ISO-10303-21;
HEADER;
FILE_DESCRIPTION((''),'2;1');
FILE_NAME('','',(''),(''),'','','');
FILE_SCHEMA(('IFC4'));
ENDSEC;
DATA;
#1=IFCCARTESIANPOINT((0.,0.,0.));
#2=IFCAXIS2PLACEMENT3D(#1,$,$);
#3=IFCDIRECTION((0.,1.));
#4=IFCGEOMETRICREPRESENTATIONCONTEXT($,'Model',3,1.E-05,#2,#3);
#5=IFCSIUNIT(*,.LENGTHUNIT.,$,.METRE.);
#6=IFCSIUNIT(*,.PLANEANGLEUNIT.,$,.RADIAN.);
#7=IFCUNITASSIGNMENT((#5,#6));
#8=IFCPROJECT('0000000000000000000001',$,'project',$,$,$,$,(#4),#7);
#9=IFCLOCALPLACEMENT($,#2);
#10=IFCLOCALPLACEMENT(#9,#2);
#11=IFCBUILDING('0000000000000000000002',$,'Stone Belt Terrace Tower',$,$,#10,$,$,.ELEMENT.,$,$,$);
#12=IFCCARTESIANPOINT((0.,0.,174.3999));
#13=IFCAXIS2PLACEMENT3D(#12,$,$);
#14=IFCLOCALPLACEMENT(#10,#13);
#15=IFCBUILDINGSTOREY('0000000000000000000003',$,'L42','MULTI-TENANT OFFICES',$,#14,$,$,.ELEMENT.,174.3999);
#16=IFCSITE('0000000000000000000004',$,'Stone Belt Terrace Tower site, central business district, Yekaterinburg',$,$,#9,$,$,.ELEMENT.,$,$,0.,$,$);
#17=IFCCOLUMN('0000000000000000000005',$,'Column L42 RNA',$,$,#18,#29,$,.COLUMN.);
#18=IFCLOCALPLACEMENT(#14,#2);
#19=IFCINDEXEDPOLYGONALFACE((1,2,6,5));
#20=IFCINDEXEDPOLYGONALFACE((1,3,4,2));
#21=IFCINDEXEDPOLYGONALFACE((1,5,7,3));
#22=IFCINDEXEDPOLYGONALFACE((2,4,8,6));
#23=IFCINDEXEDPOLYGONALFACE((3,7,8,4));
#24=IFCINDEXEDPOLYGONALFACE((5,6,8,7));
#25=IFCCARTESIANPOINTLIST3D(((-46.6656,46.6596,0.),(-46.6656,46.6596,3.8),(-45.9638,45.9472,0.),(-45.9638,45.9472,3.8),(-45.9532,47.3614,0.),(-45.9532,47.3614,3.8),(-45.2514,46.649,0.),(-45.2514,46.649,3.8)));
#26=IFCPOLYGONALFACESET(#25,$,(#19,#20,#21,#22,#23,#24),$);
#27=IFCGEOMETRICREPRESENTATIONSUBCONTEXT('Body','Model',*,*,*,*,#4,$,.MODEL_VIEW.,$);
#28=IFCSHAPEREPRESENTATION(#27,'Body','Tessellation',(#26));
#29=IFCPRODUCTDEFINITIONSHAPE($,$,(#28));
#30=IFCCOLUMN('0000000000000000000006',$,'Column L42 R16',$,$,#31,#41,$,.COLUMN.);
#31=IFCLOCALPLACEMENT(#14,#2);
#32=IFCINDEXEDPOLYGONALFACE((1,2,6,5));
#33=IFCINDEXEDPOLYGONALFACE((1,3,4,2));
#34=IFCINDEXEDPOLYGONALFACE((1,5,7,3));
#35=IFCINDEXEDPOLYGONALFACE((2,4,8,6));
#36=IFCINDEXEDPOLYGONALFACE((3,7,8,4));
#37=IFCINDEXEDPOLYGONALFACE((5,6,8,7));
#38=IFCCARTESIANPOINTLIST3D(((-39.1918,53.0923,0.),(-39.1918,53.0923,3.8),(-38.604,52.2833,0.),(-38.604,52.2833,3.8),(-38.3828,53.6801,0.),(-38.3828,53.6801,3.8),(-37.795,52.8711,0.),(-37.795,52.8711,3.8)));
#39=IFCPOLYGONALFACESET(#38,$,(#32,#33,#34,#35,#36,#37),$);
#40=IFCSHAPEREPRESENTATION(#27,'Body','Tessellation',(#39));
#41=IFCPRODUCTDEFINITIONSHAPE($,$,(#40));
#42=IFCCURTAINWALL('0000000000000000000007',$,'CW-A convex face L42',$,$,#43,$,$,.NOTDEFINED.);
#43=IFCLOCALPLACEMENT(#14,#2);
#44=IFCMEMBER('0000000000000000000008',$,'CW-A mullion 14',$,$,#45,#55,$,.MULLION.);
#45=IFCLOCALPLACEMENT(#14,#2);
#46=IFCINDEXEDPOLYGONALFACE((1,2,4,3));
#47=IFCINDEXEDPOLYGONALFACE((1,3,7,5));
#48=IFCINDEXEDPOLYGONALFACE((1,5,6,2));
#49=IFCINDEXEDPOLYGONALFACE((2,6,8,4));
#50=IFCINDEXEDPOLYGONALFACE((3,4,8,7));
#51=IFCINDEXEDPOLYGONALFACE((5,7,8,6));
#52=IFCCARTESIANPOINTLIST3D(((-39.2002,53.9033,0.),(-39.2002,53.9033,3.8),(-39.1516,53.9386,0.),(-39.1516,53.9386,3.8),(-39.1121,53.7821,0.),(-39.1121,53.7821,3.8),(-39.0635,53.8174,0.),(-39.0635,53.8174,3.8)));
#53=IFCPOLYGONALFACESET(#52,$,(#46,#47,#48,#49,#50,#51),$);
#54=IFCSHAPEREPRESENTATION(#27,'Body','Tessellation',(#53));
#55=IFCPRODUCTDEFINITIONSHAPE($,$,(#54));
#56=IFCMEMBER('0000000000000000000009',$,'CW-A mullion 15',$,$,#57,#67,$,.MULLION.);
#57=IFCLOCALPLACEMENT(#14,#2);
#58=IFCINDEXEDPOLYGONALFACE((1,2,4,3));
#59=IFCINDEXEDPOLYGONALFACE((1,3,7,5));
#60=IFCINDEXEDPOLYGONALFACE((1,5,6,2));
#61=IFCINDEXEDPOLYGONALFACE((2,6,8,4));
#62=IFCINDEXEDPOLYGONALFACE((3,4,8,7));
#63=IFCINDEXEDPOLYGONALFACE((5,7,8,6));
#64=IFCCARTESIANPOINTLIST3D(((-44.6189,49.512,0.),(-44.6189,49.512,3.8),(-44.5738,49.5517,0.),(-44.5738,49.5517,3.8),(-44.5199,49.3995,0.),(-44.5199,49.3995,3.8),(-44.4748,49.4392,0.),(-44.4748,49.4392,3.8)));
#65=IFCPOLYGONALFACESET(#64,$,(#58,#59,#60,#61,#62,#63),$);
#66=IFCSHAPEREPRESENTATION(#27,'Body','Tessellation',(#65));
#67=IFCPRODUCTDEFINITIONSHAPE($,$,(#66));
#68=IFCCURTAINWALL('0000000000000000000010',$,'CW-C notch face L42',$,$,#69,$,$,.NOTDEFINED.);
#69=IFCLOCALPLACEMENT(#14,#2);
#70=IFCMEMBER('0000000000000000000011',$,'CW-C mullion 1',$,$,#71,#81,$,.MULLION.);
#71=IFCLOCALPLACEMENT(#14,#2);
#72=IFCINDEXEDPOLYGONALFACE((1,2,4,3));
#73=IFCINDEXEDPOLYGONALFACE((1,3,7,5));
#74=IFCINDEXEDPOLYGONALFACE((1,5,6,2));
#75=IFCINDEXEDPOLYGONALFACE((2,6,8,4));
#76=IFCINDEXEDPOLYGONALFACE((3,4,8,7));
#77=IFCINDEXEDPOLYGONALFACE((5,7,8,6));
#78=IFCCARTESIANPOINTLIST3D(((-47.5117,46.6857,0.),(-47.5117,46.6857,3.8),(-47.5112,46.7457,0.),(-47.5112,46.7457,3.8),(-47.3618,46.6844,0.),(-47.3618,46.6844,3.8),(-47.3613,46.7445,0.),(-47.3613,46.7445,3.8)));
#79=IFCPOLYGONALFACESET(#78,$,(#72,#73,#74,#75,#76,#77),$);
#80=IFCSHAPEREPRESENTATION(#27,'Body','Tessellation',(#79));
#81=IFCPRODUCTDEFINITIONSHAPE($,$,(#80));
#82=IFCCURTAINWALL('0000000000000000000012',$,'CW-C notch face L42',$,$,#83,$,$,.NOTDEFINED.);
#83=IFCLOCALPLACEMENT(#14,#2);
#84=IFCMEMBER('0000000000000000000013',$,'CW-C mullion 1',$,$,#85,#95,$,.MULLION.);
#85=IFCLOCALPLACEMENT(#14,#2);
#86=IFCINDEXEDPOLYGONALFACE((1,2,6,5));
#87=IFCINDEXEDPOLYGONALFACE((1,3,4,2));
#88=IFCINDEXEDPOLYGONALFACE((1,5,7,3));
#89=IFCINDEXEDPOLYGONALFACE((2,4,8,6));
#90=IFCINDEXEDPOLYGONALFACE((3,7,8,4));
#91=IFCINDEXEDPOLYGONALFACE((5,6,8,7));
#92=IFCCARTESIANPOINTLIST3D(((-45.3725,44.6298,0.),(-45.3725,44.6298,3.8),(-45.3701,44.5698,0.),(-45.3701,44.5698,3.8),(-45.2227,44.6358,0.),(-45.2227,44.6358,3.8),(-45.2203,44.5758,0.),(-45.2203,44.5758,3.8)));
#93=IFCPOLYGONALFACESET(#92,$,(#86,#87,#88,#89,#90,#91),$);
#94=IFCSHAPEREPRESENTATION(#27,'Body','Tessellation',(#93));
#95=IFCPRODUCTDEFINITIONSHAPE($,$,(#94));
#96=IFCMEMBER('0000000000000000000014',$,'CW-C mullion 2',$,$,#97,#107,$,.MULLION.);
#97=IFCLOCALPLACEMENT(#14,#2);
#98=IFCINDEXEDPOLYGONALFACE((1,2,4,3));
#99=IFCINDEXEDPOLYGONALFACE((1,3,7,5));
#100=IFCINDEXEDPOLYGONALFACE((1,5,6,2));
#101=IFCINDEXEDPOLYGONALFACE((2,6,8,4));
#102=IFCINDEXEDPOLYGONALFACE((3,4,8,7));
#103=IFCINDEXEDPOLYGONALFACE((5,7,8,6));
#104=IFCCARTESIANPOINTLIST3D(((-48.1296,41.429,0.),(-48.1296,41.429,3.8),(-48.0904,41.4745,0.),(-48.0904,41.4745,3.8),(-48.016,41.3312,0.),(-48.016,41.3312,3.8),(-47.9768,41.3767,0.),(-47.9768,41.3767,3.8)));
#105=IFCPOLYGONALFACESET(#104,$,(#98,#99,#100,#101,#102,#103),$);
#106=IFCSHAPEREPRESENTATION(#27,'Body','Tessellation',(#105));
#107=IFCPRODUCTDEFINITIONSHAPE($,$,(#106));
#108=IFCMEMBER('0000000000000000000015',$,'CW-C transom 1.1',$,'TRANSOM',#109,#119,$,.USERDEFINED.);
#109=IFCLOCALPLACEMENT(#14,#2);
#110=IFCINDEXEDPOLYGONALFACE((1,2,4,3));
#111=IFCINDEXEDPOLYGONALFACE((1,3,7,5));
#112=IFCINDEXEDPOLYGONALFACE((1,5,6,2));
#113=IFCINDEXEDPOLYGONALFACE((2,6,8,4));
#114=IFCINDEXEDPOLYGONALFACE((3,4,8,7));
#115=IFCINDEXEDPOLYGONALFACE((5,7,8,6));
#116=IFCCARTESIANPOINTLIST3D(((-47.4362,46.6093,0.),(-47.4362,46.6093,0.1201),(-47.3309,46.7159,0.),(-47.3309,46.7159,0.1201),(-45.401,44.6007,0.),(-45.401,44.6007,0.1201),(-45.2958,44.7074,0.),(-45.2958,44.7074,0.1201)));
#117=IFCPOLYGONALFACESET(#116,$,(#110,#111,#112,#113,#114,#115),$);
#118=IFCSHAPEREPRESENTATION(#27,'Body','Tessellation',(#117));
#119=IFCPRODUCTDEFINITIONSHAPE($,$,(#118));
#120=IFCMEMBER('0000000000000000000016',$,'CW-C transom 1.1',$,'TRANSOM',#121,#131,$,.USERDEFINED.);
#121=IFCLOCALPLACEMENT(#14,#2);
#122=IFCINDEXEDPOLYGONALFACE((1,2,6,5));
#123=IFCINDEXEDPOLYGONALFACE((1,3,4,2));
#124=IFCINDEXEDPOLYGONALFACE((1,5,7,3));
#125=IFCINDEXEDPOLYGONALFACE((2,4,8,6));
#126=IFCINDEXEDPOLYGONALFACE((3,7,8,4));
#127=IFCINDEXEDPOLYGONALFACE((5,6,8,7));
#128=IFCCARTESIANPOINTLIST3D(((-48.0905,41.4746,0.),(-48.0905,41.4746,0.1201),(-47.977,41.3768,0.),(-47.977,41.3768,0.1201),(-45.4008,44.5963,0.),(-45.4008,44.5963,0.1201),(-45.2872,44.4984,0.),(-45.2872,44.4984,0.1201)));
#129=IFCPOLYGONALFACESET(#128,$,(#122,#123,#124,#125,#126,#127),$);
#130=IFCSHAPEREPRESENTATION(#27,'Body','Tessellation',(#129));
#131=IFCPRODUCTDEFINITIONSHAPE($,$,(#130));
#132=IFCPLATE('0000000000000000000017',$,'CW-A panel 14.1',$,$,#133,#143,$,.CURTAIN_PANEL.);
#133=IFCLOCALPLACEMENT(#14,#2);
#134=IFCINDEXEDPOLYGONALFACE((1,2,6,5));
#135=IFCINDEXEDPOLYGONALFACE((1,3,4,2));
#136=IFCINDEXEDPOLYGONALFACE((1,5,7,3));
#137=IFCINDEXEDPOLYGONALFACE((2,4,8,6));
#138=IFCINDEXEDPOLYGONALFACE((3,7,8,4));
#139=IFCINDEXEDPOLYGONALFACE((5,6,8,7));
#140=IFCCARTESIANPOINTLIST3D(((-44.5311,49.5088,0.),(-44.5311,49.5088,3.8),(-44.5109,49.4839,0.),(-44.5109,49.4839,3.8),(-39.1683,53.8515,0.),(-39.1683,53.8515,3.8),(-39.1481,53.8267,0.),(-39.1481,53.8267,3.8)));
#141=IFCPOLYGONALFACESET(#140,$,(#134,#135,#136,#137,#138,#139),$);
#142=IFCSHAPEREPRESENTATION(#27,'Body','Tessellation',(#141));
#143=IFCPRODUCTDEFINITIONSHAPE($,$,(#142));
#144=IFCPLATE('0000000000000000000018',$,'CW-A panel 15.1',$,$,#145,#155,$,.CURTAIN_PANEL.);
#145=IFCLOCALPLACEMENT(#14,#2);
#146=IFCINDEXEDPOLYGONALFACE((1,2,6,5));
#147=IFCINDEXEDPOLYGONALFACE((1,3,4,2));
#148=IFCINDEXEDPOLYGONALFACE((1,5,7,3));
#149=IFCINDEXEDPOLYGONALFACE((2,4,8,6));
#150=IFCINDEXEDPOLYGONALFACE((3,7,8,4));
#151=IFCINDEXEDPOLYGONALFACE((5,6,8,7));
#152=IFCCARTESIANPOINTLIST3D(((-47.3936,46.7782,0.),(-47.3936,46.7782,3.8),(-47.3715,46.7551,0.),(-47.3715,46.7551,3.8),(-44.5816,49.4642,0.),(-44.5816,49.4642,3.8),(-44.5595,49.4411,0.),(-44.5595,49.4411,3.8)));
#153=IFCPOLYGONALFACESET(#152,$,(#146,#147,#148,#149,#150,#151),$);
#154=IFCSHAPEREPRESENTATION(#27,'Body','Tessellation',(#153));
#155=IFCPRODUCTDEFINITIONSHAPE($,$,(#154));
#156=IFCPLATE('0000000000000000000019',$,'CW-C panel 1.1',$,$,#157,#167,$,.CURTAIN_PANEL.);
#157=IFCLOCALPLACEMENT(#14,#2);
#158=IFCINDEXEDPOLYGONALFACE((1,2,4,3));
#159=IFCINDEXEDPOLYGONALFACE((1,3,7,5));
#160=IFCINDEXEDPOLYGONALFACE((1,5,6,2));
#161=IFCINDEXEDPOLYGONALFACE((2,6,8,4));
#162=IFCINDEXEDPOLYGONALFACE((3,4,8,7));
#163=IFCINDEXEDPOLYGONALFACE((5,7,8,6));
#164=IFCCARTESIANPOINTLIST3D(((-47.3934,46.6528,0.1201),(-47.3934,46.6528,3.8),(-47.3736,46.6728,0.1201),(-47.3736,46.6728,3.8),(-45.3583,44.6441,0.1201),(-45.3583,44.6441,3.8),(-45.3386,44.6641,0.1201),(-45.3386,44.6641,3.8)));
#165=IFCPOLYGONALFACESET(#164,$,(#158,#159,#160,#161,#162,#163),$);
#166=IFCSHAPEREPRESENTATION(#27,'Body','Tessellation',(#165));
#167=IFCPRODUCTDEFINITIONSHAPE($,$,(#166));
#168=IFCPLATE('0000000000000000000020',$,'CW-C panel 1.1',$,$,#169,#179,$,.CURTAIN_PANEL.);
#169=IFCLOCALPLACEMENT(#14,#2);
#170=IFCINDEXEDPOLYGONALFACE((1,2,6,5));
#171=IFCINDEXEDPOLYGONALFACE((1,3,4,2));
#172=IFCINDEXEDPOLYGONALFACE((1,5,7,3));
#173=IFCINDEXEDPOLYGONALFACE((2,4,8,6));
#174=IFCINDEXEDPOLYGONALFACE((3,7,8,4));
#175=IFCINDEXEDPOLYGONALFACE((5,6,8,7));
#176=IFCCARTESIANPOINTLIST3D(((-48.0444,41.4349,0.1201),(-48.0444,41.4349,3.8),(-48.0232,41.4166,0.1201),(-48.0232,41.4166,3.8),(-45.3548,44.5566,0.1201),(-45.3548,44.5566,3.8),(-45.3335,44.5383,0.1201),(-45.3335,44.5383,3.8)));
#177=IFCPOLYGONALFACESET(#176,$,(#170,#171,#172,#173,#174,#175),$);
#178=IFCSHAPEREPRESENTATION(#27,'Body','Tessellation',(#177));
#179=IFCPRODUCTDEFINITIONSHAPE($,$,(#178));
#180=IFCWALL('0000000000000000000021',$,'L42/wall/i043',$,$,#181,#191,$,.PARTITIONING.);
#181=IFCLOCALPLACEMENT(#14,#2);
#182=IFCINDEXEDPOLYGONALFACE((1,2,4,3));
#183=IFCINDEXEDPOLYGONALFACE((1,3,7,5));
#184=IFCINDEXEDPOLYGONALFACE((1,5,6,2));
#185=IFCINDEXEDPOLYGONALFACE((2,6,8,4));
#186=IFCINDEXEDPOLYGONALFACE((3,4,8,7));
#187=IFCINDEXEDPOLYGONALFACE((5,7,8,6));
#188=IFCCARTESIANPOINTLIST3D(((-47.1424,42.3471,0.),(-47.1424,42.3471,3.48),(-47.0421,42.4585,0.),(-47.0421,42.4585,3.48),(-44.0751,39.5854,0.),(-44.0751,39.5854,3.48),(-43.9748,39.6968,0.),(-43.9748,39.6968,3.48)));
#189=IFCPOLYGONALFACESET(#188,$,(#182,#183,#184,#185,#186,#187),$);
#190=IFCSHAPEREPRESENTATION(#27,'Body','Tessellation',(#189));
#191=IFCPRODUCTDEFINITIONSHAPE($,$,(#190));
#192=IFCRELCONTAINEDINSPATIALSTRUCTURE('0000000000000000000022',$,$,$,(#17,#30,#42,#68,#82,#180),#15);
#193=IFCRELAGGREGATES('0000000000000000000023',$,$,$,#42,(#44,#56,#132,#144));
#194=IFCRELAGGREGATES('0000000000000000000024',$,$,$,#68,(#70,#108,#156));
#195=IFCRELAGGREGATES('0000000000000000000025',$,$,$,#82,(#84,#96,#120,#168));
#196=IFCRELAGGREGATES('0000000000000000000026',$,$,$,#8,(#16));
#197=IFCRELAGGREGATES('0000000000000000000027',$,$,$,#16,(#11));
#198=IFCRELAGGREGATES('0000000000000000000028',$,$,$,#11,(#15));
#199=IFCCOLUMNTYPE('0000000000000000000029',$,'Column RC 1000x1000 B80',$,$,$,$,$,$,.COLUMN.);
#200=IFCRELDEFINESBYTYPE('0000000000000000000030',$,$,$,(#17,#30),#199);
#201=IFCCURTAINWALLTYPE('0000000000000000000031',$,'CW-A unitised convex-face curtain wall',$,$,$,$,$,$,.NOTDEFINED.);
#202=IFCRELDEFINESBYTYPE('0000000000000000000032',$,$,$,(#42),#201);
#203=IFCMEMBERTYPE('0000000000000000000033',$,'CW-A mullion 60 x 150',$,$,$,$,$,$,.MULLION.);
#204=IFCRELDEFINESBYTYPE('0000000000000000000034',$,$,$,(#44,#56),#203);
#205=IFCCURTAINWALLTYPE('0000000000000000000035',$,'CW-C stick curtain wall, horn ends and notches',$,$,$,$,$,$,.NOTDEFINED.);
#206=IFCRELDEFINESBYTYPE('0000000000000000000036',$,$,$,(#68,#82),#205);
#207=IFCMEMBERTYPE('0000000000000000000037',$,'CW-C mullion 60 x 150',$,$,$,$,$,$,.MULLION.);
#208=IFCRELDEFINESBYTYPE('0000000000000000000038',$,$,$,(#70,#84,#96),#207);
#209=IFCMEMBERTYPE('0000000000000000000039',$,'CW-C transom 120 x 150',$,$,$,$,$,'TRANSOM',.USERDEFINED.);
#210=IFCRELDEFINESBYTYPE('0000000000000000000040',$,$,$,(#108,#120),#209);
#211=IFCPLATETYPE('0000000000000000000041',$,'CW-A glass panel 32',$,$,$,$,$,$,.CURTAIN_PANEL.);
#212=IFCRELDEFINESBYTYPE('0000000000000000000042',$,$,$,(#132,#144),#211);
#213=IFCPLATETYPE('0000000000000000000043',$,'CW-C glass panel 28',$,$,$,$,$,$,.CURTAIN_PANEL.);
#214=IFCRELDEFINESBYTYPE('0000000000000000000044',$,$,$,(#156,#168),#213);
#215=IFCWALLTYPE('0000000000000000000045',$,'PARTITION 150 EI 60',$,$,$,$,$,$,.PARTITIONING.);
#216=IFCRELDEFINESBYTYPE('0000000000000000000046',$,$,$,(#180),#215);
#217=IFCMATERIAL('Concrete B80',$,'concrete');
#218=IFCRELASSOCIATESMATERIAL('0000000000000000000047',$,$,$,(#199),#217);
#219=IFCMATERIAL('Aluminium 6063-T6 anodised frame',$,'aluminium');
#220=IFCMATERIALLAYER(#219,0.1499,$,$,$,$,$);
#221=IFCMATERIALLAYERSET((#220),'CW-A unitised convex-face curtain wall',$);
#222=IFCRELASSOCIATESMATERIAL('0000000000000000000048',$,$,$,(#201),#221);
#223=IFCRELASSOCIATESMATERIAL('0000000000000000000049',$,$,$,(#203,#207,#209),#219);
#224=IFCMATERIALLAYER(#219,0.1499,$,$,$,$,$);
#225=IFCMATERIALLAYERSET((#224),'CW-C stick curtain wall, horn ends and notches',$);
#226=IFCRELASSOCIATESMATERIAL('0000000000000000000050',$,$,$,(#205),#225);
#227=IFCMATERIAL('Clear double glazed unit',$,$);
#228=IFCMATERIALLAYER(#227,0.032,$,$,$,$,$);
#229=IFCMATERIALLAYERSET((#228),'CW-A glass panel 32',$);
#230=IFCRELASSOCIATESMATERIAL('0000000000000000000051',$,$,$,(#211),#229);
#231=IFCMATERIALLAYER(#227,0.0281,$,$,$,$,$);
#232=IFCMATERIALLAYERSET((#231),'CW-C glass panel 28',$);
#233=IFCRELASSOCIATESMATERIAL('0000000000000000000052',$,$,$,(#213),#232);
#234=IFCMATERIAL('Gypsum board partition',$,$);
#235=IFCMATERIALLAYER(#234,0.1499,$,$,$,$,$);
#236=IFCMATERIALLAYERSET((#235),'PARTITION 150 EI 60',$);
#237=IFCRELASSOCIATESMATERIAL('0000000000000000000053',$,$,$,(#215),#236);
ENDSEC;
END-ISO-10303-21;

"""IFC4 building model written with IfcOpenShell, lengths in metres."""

from ifc_helpers import new_model, si_unit, direction, frame, frame_2d, origin, origin_2d, place, context, subcontext, project, spatial, rectangle, extrude, material, layer, layer_set, material_profile, profile_set, type_object, element, aggregate, save


model = new_model("IFC4")

# Units and contexts
model_context = context("Model", 3, precision=1e-05, world=origin(), true_north=direction((0.0, 1.0)))
body_context = subcontext(model_context, "Body", "Model", "MODEL_VIEW")
ifc_project = project(units=[si_unit("LENGTHUNIT", "METRE"), si_unit("PLANEANGLEUNIT", "RADIAN")], contexts=[model_context])

# Site, building, storey
site_placement = place(None, origin())
site = spatial("IfcSite", under=ifc_project, at=site_placement, Name="Stone Belt Terrace Tower site, central business district, Yekaterinburg", CompositionType="ELEMENT", RefElevation=0.0)
building_placement = place(site_placement, origin())
building = spatial("IfcBuilding", under=site, at=building_placement, Name="Stone Belt Terrace Tower", CompositionType="ELEMENT")
storey_placement = place(building_placement, frame((0.0, 0.0, 174.3999)))
storey = spatial("IfcBuildingStorey", under=building, at=storey_placement, Name="L42", Description="MULTI-TENANT OFFICES", CompositionType="ELEMENT", Elevation=174.3999)

# Columns
ifc_material_1 = material(Name="Concrete B80", Category="concrete")
ifc_material_profile_1 = material_profile(ifc_material_1, rectangle(XDim=1.0, YDim=1.0, at=origin_2d()), Name="RC 1000x1000")
ifc_profile_set_1 = profile_set([ifc_material_profile_1], Name="Concrete B80")
column_type = type_object("IfcColumnType", Name="Column RC 1000x1000 B80", PredefinedType="COLUMN", material=ifc_profile_set_1)
for number, where, z_axis, x_axis, name in (
    (1, (-45.9585, 46.6543, 0.0), (0.0, 0.0, 1.0), (0.712398, 0.701775, 0.0), "Column L42 RNA"),
    (2, (-38.4934, 52.9817, 0.0), (0.0, 0.0, 1.0), (0.809017, 0.587785, 0.0), "Column L42 R16"),
):
    element("IfcColumn", number, at=place(storey_placement, frame(where, z_axis=z_axis, x_axis=x_axis)), inside=storey, type_object=column_type, Name=name, PredefinedType="COLUMN", context=body_context, shape_type="SweptSolid", body=[
        extrude(rectangle(XDim=1.0, YDim=1.0, at=origin_2d()), origin(), (0.0, 0.0, 1.0), 3.8),
    ])

# Curtain wall, members
ifc_material_2 = material(Name="Aluminium 6063-T6 anodised frame", Category="aluminium")
ifc_layer_1 = layer(ifc_material_2, 0.1499)
ifc_layer_set_1 = layer_set([ifc_layer_1], Name="CW-A unitised convex-face curtain wall")
curtain_wall_type_1 = type_object("IfcCurtainWallType", Name="CW-A unitised convex-face curtain wall", PredefinedType="NOTDEFINED", material=ifc_layer_set_1)
curtain_wall_1_placement = place(storey_placement, origin())
curtain_wall_1 = element("IfcCurtainWall", 3, at=curtain_wall_1_placement, inside=storey, type_object=curtain_wall_type_1, Name="CW-A convex face L42", PredefinedType="NOTDEFINED")
ifc_material_profile_2 = material_profile(ifc_material_2, rectangle(XDim=0.1499, YDim=0.0601, at=origin_2d()), Name="Aluminium 6063-T6 60x150")
ifc_profile_set_2 = profile_set([ifc_material_profile_2], Name="Aluminium 6063-T6 anodised frame")
member_type_1 = type_object("IfcMemberType", Name="CW-A mullion 60 x 150", PredefinedType="MULLION", material=ifc_profile_set_2)
member_1_placement = place(storey_placement, frame((-39.1318, 53.8604, 0.0), z_axis=(0.0, 0.0, 1.0), x_axis=(0.587785, -0.809017, 0.0)))
member_1 = element("IfcMember", 4, at=member_1_placement, type_object=member_type_1, Name="CW-A mullion 14", PredefinedType="MULLION", context=body_context, shape_type="SweptSolid", body=[
    extrude(rectangle(XDim=0.1499, YDim=0.0601, at=origin_2d()), origin(), (0.0, 0.0, 1.0), 3.8),
])
member_2_placement = place(storey_placement, frame((-44.5469, 49.4756, 0.0), z_axis=(0.0, 0.0, 1.0), x_axis=(0.660573, -0.750761, 0.0)))
member_2 = element("IfcMember", 5, at=member_2_placement, type_object=member_type_1, Name="CW-A mullion 15", PredefinedType="MULLION", context=body_context, shape_type="SweptSolid", body=[
    extrude(rectangle(XDim=0.1499, YDim=0.0601, at=origin_2d()), origin(), (0.0, 0.0, 1.0), 3.8),
])

# Curtain wall, member
ifc_layer_2 = layer(ifc_material_2, 0.1499)
ifc_layer_set_2 = layer_set([ifc_layer_2], Name="CW-C stick curtain wall, horn ends and notches")
curtain_wall_type_2 = type_object("IfcCurtainWallType", Name="CW-C stick curtain wall, horn ends and notches", PredefinedType="NOTDEFINED", material=ifc_layer_set_2)
curtain_wall_2_placement = place(storey_placement, origin())
curtain_wall_2 = element("IfcCurtainWall", 6, at=curtain_wall_2_placement, inside=storey, type_object=curtain_wall_type_2, Name="CW-C notch face L42", PredefinedType="NOTDEFINED")
ifc_material_profile_3 = material_profile(ifc_material_2, rectangle(XDim=0.1499, YDim=0.0601, at=origin_2d()), Name="Aluminium 6063-T6 60x150")
ifc_profile_set_3 = profile_set([ifc_material_profile_3], Name="Aluminium 6063-T6 anodised frame")
member_type_2 = type_object("IfcMemberType", Name="CW-C mullion 60 x 150", PredefinedType="MULLION", material=ifc_profile_set_3)
member_3_placement = place(storey_placement, frame((-47.4365, 46.7151, 0.0), z_axis=(0.0, 0.0, 1.0), x_axis=(0.999966, -0.008188, 0.0)))
member_3 = element("IfcMember", 7, at=member_3_placement, type_object=member_type_2, Name="CW-C mullion 1", PredefinedType="MULLION", context=body_context, shape_type="SweptSolid", body=[
    extrude(rectangle(XDim=0.1499, YDim=0.0601, at=origin_2d()), origin(), (0.0, 0.0, 1.0), 3.8),
])

# Curtain wall, members
curtain_wall_3_placement = place(storey_placement, origin())
curtain_wall_3 = element("IfcCurtainWall", 8, at=curtain_wall_3_placement, inside=storey, type_object=curtain_wall_type_2, Name="CW-C notch face L42", PredefinedType="NOTDEFINED")
member_4_placement = place(storey_placement, frame((-45.2964, 44.6028, 0.0), z_axis=(0.0, 0.0, 1.0), x_axis=(0.999185, 0.04036, 0.0)))
member_4 = element("IfcMember", 9, at=member_4_placement, type_object=member_type_2, Name="CW-C mullion 1", PredefinedType="MULLION", context=body_context, shape_type="SweptSolid", body=[
    extrude(rectangle(XDim=0.1499, YDim=0.0601, at=origin_2d()), origin(), (0.0, 0.0, 1.0), 3.8),
])
member_5_placement = place(storey_placement, frame((-48.0532, 41.4028, 0.0), z_axis=(0.0, 0.0, 1.0), x_axis=(0.757584, -0.652738, 0.0)))
member_5 = element("IfcMember", 10, at=member_5_placement, type_object=member_type_2, Name="CW-C mullion 2", PredefinedType="MULLION", context=body_context, shape_type="SweptSolid", body=[
    extrude(rectangle(XDim=0.1499, YDim=0.0601, at=origin_2d()), origin(), (0.0, 0.0, 1.0), 3.8),
])

# Members
ifc_material_profile_4 = material_profile(ifc_material_2, rectangle(XDim=0.1499, YDim=0.1201, at=origin_2d()), Name="Aluminium 6063-T6 150x120")
ifc_profile_set_4 = profile_set([ifc_material_profile_4], Name="Aluminium 6063-T6 anodised frame")
member_type_3 = type_object("IfcMemberType", Name="CW-C transom 120 x 150", ElementType="TRANSOM", PredefinedType="USERDEFINED", material=ifc_profile_set_4)
member_6_placement = place(storey_placement, frame((-47.3835, 46.6626, 0.0601), z_axis=(0.711745, -0.702438, 0.0), x_axis=(0.702438, 0.711745, 0.0)))
member_6 = element("IfcMember", 11, at=member_6_placement, type_object=member_type_3, Name="CW-C transom 1.1", ObjectType="TRANSOM", PredefinedType="USERDEFINED", context=body_context, shape_type="SweptSolid", body=[
    extrude(rectangle(XDim=0.1499, YDim=0.1201, at=origin_2d()), origin(), (0.0, 0.0, 1.0), 2.8594),
])
member_7_placement = place(storey_placement, frame((-45.344, 44.5474, 0.0601), z_axis=(-0.652756, -0.757569, 0.0), x_axis=(0.757569, -0.652756, 0.0)))
member_7 = element("IfcMember", 12, at=member_7_placement, type_object=member_type_3, Name="CW-C transom 1.1", ObjectType="TRANSOM", PredefinedType="USERDEFINED", context=body_context, shape_type="SweptSolid", body=[
    extrude(rectangle(XDim=0.1499, YDim=0.1201, at=origin_2d()), origin(), (0.0, 0.0, 1.0), 4.1206),
])

# Plates
ifc_material_3 = material(Name="Clear double glazed unit")
ifc_layer_3 = layer(ifc_material_3, 0.032)
ifc_layer_set_3 = layer_set([ifc_layer_3], Name="CW-A glass panel 32")
plate_type_1 = type_object("IfcPlateType", Name="CW-A glass panel 32", PredefinedType="CURTAIN_PANEL", material=ifc_layer_set_3)
plate_1_placement = place(storey_placement, frame((-41.8396, 51.6677, 0.0), z_axis=(0.0, 0.0, 1.0), x_axis=(-0.777146, -0.62932, 0.0)))
plate_1 = element("IfcPlate", 13, at=plate_1_placement, type_object=plate_type_1, Name="CW-A panel 14.1", PredefinedType="CURTAIN_PANEL", context=body_context, shape_type="SweptSolid", body=[
    extrude(rectangle(XDim=6.9006, YDim=0.032, at=origin_2d()), origin(), (0.0, 0.0, 1.0), 3.8),
])
plate_2_placement = place(storey_placement, frame((-45.9766, 48.1096, 0.0), z_axis=(0.0, 0.0, 1.0), x_axis=(-0.723121, -0.690721, 0.0)))
plate_2 = element("IfcPlate", 14, at=plate_2_placement, type_object=plate_type_1, Name="CW-A panel 15.1", PredefinedType="CURTAIN_PANEL", context=body_context, shape_type="SweptSolid", body=[
    extrude(rectangle(XDim=3.8887, YDim=0.032, at=origin_2d()), origin(), (0.0, 0.0, 1.0), 3.8),
])
aggregate(curtain_wall_1, [member_1, member_2, plate_1, plate_2])
ifc_layer_4 = layer(ifc_material_3, 0.0281)
ifc_layer_set_4 = layer_set([ifc_layer_4], Name="CW-C glass panel 28")
plate_type_2 = type_object("IfcPlateType", Name="CW-C glass panel 28", PredefinedType="CURTAIN_PANEL", material=ifc_layer_set_4)
plate_3_placement = place(storey_placement, frame((-46.366, 45.6584, 0.1201), z_axis=(0.0, 0.0, 1.0), x_axis=(0.711713, -0.70247, 0.0)))
plate_3 = element("IfcPlate", 15, at=plate_3_placement, type_object=plate_type_2, Name="CW-C panel 1.1", PredefinedType="CURTAIN_PANEL", context=body_context, shape_type="SweptSolid", body=[
    extrude(rectangle(XDim=2.8594, YDim=0.0281, at=origin_2d()), origin(), (0.0, 0.0, 1.0), 3.6799),
])
aggregate(curtain_wall_2, [member_3, member_6, plate_3])
plate_4_placement = place(storey_placement, frame((-46.689, 42.9866, 0.1201), z_axis=(0.0, 0.0, 1.0), x_axis=(-0.652738, -0.757584, 0.0)))
plate_4 = element("IfcPlate", 16, at=plate_4_placement, type_object=plate_type_2, Name="CW-C panel 1.1", PredefinedType="CURTAIN_PANEL", context=body_context, shape_type="SweptSolid", body=[
    extrude(rectangle(XDim=4.1206, YDim=0.0281, at=origin_2d()), origin(), (0.0, 0.0, 1.0), 3.6799),
])
aggregate(curtain_wall_3, [member_4, member_5, member_7, plate_4])

# Wall
ifc_material_4 = material(Name="Gypsum board partition")
ifc_layer_5 = layer(ifc_material_4, 0.1499)
ifc_layer_set_5 = layer_set([ifc_layer_5], Name="PARTITION 150 EI 60")
wall_type = type_object("IfcWallType", Name="PARTITION 150 EI 60", PredefinedType="PARTITIONING", material=ifc_layer_set_5)
wall_1_placement = place(storey_placement, frame((-47.0923, 42.4028, 0.0), z_axis=(0.0, 0.0, 1.0), x_axis=(0.743165, -0.669109, 0.0)))
element("IfcWall", 17, at=wall_1_placement, inside=storey, type_object=wall_type, Name="L42/wall/i043", PredefinedType="PARTITIONING", context=body_context, shape_type="SweptSolid", body=[
    extrude(rectangle(XDim=4.1274, YDim=0.1499, at=frame_2d((2.0637, 0.0))), origin(), (0.0, 0.0, 1.0), 3.48),
])

save(model, "model.ifc")
